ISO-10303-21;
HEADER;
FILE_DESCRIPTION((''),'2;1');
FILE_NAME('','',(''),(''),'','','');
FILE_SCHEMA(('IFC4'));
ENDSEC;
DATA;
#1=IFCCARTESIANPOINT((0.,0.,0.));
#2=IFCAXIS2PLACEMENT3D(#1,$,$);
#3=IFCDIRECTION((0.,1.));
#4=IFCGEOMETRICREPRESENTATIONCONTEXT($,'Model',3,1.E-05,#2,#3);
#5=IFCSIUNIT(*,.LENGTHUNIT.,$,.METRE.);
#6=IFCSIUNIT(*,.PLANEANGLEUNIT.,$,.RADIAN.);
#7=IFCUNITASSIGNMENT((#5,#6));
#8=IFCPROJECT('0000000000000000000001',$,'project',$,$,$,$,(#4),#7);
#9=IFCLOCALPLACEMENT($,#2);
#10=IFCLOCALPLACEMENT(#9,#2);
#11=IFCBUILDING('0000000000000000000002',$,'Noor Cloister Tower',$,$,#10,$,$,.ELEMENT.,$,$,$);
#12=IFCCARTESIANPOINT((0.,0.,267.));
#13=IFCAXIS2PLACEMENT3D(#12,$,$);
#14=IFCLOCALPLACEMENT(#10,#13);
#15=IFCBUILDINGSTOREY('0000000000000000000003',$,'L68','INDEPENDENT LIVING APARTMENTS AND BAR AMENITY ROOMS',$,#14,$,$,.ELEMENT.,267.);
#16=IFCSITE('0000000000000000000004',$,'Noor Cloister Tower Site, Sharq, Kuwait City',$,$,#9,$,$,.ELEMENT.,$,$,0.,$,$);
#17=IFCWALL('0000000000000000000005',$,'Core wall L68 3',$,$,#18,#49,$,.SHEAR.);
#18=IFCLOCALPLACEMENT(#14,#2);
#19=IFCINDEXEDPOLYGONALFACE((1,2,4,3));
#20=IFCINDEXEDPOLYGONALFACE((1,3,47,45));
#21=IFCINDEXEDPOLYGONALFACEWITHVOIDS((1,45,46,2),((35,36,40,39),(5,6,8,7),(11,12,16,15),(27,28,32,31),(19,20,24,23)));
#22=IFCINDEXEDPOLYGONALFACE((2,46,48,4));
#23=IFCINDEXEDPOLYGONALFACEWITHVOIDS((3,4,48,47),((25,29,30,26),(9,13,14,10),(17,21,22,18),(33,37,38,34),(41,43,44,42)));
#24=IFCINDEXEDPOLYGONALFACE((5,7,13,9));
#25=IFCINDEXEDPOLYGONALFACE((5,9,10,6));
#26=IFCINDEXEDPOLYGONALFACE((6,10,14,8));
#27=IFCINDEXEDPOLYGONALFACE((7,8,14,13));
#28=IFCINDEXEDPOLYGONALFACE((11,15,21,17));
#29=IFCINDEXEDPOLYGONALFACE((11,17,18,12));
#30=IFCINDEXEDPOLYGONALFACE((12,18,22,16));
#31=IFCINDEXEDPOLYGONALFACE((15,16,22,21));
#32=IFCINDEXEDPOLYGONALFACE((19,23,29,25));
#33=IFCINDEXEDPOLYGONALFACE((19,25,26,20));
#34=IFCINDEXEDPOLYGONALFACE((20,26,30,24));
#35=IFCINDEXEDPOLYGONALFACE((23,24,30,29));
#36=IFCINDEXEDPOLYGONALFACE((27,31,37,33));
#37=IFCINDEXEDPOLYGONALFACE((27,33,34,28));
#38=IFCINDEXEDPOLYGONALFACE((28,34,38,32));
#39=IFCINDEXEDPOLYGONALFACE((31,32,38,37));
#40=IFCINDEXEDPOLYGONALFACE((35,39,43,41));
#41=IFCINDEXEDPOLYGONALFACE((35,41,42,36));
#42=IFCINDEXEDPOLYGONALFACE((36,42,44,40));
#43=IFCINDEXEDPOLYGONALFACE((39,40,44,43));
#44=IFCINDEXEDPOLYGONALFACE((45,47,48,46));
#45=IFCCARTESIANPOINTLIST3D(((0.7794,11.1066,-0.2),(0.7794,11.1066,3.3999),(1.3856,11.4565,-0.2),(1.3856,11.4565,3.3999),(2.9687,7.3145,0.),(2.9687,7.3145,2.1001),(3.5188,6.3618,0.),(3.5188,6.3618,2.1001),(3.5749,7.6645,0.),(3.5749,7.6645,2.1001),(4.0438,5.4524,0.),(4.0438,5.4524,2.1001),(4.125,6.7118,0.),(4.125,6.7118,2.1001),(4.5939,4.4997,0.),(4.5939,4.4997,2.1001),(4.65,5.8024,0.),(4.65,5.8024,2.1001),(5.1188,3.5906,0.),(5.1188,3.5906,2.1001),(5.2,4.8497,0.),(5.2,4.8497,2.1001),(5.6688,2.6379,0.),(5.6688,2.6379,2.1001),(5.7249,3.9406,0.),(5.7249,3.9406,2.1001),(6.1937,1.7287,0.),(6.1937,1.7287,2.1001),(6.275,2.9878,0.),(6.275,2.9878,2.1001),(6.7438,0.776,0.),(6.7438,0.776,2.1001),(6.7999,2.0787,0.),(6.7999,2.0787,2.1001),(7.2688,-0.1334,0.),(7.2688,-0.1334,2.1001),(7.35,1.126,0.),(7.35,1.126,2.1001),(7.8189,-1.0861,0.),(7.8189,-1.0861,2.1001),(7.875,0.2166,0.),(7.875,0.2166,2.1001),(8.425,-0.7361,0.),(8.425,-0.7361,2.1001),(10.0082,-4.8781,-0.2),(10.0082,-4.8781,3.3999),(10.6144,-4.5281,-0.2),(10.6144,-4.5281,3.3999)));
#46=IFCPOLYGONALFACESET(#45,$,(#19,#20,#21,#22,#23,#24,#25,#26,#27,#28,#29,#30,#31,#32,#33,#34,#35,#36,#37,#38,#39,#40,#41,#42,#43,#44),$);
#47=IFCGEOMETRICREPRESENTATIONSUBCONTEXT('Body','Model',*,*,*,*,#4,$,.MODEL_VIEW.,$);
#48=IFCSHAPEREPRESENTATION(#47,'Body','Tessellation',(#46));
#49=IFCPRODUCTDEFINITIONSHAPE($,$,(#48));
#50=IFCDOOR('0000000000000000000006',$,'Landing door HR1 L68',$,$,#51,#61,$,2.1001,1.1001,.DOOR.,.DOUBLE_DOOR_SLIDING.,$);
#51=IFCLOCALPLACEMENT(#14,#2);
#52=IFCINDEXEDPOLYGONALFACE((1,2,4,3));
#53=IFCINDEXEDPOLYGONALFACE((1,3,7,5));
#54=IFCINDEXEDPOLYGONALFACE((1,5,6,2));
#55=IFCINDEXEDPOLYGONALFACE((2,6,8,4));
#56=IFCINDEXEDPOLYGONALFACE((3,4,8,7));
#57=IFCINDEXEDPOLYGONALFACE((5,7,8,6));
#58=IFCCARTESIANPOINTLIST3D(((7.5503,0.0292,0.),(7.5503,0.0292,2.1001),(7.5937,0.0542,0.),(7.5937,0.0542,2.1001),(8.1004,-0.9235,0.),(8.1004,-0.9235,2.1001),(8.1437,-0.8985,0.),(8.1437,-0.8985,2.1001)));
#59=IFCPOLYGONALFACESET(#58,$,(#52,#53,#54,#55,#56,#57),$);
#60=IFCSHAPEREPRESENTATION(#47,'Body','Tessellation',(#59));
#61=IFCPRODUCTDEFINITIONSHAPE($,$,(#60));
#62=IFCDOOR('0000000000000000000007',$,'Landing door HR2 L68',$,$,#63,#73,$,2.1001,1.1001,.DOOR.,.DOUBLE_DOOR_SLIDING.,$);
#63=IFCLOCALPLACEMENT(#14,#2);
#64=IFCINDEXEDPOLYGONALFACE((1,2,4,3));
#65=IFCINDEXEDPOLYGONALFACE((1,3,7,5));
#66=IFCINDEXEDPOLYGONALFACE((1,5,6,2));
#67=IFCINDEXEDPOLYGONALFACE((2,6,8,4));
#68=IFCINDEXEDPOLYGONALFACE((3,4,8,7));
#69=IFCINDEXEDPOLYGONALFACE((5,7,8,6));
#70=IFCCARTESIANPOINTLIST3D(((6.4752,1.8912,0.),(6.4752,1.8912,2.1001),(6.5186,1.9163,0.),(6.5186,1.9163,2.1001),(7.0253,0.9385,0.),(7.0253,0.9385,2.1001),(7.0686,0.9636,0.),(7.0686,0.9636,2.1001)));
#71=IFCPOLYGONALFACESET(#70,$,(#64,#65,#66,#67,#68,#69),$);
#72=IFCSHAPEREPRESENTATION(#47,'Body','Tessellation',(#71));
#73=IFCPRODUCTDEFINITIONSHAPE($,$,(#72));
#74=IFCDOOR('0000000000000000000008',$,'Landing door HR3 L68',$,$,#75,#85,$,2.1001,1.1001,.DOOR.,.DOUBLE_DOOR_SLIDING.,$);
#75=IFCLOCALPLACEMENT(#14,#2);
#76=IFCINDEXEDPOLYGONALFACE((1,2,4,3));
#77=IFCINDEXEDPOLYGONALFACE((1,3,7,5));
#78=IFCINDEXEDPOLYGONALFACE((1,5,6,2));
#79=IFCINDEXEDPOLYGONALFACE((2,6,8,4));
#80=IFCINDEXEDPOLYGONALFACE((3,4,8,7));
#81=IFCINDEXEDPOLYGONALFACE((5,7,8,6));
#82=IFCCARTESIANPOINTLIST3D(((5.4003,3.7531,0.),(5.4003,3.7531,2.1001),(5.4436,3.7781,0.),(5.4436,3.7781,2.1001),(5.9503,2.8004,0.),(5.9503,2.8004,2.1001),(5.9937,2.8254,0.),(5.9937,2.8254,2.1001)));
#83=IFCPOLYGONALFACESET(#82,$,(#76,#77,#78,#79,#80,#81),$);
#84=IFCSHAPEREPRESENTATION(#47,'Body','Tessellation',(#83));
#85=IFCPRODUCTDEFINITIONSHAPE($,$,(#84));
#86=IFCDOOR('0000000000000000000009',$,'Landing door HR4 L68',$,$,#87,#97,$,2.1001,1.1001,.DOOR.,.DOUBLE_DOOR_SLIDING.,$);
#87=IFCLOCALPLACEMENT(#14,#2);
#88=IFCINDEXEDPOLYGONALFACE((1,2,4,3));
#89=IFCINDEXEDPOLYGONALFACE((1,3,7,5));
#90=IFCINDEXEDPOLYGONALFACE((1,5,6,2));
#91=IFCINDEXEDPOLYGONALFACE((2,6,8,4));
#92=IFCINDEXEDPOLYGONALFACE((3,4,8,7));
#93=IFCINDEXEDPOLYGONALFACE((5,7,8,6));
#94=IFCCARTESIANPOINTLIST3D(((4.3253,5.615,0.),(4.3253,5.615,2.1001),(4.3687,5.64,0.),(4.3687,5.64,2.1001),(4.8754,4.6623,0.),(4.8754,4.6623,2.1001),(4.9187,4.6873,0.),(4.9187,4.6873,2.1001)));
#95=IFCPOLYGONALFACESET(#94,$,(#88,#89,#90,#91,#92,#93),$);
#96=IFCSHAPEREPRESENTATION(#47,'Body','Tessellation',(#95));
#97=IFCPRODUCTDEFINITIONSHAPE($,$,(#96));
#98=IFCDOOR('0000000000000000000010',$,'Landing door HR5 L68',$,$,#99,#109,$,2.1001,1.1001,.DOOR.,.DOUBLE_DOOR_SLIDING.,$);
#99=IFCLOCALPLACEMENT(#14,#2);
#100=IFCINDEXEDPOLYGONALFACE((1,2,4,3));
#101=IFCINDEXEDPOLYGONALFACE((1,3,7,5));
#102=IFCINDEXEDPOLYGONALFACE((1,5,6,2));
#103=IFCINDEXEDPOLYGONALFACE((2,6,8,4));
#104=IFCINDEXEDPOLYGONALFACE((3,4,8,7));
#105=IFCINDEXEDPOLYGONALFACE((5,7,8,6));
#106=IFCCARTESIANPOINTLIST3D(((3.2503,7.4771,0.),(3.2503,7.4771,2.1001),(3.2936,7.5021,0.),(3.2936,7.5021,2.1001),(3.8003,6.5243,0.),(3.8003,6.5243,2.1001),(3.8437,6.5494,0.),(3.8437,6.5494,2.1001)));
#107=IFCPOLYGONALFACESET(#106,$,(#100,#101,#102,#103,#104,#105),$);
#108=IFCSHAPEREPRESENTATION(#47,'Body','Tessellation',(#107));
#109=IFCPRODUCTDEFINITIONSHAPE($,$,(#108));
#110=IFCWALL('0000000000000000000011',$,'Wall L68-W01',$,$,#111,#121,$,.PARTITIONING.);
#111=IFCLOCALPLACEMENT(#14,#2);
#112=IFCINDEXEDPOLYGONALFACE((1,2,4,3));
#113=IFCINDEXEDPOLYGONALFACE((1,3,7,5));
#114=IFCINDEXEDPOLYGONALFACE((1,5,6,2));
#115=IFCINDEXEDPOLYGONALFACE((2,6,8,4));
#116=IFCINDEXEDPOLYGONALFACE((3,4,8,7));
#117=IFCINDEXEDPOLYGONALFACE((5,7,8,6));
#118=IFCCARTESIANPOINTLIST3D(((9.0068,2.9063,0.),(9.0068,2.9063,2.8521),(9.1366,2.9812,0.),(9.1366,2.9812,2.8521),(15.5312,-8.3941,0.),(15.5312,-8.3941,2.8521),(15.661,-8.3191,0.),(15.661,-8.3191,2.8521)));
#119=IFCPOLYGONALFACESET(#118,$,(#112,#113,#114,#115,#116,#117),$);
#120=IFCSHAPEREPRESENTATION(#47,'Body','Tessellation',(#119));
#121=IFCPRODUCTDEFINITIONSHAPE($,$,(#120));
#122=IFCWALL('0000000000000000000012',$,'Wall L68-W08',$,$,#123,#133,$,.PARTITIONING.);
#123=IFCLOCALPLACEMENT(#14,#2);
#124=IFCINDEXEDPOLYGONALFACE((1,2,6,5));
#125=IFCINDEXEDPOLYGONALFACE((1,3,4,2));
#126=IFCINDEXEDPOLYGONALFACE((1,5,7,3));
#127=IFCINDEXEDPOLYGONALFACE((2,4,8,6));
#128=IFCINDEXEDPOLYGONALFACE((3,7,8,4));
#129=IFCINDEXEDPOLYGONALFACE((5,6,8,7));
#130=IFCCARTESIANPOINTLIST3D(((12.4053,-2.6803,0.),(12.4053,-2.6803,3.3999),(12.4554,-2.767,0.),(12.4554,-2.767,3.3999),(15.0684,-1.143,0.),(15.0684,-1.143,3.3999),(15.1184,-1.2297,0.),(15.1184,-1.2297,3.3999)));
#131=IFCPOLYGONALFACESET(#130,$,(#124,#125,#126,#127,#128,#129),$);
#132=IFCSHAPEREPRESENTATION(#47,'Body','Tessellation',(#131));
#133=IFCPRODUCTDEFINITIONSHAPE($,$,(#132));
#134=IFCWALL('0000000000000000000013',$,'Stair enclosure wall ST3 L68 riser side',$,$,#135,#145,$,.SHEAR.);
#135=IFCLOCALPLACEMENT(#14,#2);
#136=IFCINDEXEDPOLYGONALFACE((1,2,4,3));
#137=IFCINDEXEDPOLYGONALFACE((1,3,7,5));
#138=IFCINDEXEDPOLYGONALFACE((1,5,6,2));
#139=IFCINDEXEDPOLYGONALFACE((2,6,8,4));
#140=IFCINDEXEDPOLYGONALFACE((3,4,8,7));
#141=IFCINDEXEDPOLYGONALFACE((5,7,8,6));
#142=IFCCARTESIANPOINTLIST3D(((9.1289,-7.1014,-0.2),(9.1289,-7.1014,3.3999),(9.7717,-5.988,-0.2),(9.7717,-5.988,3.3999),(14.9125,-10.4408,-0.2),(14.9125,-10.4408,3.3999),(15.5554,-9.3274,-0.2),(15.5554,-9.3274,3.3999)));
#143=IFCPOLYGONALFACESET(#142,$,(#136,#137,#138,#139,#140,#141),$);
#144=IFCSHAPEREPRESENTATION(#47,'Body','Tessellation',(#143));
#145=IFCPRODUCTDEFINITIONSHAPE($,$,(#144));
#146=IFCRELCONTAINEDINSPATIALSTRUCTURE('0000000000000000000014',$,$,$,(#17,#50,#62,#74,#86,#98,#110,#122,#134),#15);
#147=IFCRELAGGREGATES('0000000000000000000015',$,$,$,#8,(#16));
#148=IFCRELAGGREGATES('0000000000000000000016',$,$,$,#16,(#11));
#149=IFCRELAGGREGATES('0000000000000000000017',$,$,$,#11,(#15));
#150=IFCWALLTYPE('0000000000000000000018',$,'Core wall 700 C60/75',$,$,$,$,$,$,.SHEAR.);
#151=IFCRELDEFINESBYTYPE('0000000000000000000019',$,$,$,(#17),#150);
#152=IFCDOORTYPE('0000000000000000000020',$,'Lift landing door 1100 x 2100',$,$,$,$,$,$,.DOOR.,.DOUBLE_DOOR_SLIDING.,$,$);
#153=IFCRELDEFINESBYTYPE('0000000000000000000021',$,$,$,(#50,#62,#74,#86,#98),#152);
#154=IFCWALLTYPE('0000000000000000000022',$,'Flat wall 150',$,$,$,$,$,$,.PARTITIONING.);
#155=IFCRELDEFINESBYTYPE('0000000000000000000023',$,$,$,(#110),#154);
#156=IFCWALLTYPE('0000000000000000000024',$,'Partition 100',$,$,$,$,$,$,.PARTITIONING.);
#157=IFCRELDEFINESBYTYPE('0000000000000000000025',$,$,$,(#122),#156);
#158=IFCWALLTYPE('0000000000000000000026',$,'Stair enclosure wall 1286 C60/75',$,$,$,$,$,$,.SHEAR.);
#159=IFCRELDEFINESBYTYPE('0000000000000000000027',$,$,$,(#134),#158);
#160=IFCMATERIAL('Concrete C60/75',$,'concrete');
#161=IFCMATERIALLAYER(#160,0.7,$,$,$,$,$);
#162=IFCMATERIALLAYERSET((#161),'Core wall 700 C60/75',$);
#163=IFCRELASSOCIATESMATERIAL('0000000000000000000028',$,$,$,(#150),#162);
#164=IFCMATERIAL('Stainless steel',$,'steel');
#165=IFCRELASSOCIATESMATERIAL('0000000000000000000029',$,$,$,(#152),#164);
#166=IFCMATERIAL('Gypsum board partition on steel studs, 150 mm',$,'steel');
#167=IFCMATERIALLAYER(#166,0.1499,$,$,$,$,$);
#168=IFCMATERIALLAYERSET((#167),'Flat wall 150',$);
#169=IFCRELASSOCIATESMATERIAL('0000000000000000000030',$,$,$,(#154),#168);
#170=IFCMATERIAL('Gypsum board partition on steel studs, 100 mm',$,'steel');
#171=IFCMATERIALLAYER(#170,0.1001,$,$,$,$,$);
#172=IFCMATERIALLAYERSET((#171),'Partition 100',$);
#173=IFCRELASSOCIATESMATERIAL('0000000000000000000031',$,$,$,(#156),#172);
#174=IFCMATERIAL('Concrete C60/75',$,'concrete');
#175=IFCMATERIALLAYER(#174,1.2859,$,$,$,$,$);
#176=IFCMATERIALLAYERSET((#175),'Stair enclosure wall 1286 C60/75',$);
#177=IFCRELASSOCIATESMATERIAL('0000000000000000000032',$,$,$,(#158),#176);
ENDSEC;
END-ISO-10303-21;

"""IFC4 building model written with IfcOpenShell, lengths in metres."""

from ifc_helpers import new_model, si_unit, direction, frame, frame_2d, origin, place, context, subcontext, project, spatial, rectangle, extrude, material, layer, layer_set, type_object, element, fill, save


model = new_model("IFC4")

# Units and contexts
model_context = context("Model", 3, precision=1e-05, world=origin(), true_north=direction((0.0, 1.0)))
body_context = subcontext(model_context, "Body", "Model", "MODEL_VIEW")
ifc_project = project(units=[si_unit("LENGTHUNIT", "METRE"), si_unit("PLANEANGLEUNIT", "RADIAN")], contexts=[model_context])

# Site, building, storey
site_placement = place(None, origin())
site = spatial("IfcSite", under=ifc_project, at=site_placement, Name="Noor Cloister Tower Site, Sharq, Kuwait City", CompositionType="ELEMENT", RefElevation=0.0)
building_placement = place(site_placement, origin())
building = spatial("IfcBuilding", under=site, at=building_placement, Name="Noor Cloister Tower", CompositionType="ELEMENT")
storey_placement = place(building_placement, frame((0.0, 0.0, 267.0)))
storey = spatial("IfcBuildingStorey", under=building, at=storey_placement, Name="L68", Description="INDEPENDENT LIVING APARTMENTS AND BAR AMENITY ROOMS", CompositionType="ELEMENT", Elevation=267.0)

# Wall, openings, doors
ifc_material_1 = material(Name="Concrete C60/75", Category="concrete")
ifc_layer_1 = layer(ifc_material_1, 0.7)
ifc_layer_set_1 = layer_set([ifc_layer_1], Name="Core wall 700 C60/75")
wall_type_1 = type_object("IfcWallType", Name="Core wall 700 C60/75", PredefinedType="SHEAR", material=ifc_layer_set_1)
wall_1_placement = place(storey_placement, frame((10.3113, -4.7031, -0.2), z_axis=(0.0, 0.0, 1.0), x_axis=(-0.500001, 0.866025, 0.0)))
wall_1 = element("IfcWall", 1, at=wall_1_placement, inside=storey, type_object=wall_type_1, Name="Core wall L68 3", PredefinedType="SHEAR", context=body_context, shape_type="SweptSolid", body=[
    extrude(rectangle(XDim=18.4575, YDim=0.7, at=frame_2d((9.2288, 0.0))), origin(), (0.0, 0.0, 1.0), 3.5999),
])
opening_1_placement = place(wall_1_placement, frame((4.3787, 0.0, 0.2)))
opening_1 = element("IfcOpeningElement", 2, at=opening_1_placement, cuts=wall_1, PredefinedType="OPENING", context=body_context, shape_type="SweptSolid", body=[
    extrude(rectangle(XDim=1.1001, YDim=2.1001, at=frame_2d((0.55, 1.05))), frame((0.0, 0.3599, 0.0), z_axis=(0.0, -1.0, 0.0), x_axis=(1.0, 0.0, 0.0)), (0.0, 0.0, 1.0), 0.72),
])
opening_2_placement = place(wall_1_placement, frame((6.5288, 0.0, 0.2)))
opening_2 = element("IfcOpeningElement", 3, at=opening_2_placement, cuts=wall_1, PredefinedType="OPENING", context=body_context, shape_type="SweptSolid", body=[
    extrude(rectangle(XDim=1.1001, YDim=2.1001, at=frame_2d((0.55, 1.05))), frame((0.0, 0.3599, 0.0), z_axis=(0.0, -1.0, 0.0), x_axis=(1.0, 0.0, 0.0)), (0.0, 0.0, 1.0), 0.72),
])
opening_3_placement = place(wall_1_placement, frame((8.6787, 0.0, 0.2)))
opening_3 = element("IfcOpeningElement", 4, at=opening_3_placement, cuts=wall_1, PredefinedType="OPENING", context=body_context, shape_type="SweptSolid", body=[
    extrude(rectangle(XDim=1.1001, YDim=2.1001, at=frame_2d((0.55, 1.05))), frame((0.0, 0.3599, 0.0), z_axis=(0.0, -1.0, 0.0), x_axis=(1.0, 0.0, 0.0)), (0.0, 0.0, 1.0), 0.72),
])
opening_4_placement = place(wall_1_placement, frame((10.8286, 0.0, 0.2)))
opening_4 = element("IfcOpeningElement", 5, at=opening_4_placement, cuts=wall_1, PredefinedType="OPENING", context=body_context, shape_type="SweptSolid", body=[
    extrude(rectangle(XDim=1.1001, YDim=2.1001, at=frame_2d((0.55, 1.05))), frame((0.0, 0.3599, 0.0), z_axis=(0.0, -1.0, 0.0), x_axis=(1.0, 0.0, 0.0)), (0.0, 0.0, 1.0), 0.72),
])
opening_5_placement = place(wall_1_placement, frame((12.9788, 0.0, 0.2)))
opening_5 = element("IfcOpeningElement", 6, at=opening_5_placement, cuts=wall_1, PredefinedType="OPENING", context=body_context, shape_type="SweptSolid", body=[
    extrude(rectangle(XDim=1.1001, YDim=2.1001, at=frame_2d((0.55, 1.05))), frame((0.0, 0.3599, 0.0), z_axis=(0.0, -1.0, 0.0), x_axis=(1.0, 0.0, 0.0)), (0.0, 0.0, 1.0), 0.72),
])
ifc_material_2 = material(Name="Stainless steel", Category="steel")
door_type = type_object("IfcDoorType", Name="Lift landing door 1100 x 2100", OperationType="DOUBLE_DOOR_SLIDING", PredefinedType="DOOR", material=ifc_material_2)
door_1_placement = place(opening_1_placement, origin())
door_1 = element("IfcDoor", 7, at=door_1_placement, inside=storey, type_object=door_type, Name="Landing door HR1 L68", OperationType="DOUBLE_DOOR_SLIDING", OverallHeight=2.1001, OverallWidth=1.1001, PredefinedType="DOOR", context=body_context, shape_type="SweptSolid", body=[
    extrude(rectangle(XDim=1.1001, YDim=2.1001, at=frame_2d((0.55, 1.05))), frame((0.0, 0.0249, 0.0), z_axis=(0.0, -1.0, 0.0), x_axis=(1.0, 0.0, 0.0)), (0.0, 0.0, 1.0), 0.05),
])
fill(opening_1, door_1)
door_2_placement = place(opening_2_placement, origin())
door_2 = element("IfcDoor", 8, at=door_2_placement, inside=storey, type_object=door_type, Name="Landing door HR2 L68", OperationType="DOUBLE_DOOR_SLIDING", OverallHeight=2.1001, OverallWidth=1.1001, PredefinedType="DOOR", context=body_context, shape_type="SweptSolid", body=[
    extrude(rectangle(XDim=1.1001, YDim=2.1001, at=frame_2d((0.55, 1.05))), frame((0.0, 0.0249, 0.0), z_axis=(0.0, -1.0, 0.0), x_axis=(1.0, 0.0, 0.0)), (0.0, 0.0, 1.0), 0.05),
])
fill(opening_2, door_2)
door_3_placement = place(opening_3_placement, origin())
door_3 = element("IfcDoor", 9, at=door_3_placement, inside=storey, type_object=door_type, Name="Landing door HR3 L68", OperationType="DOUBLE_DOOR_SLIDING", OverallHeight=2.1001, OverallWidth=1.1001, PredefinedType="DOOR", context=body_context, shape_type="SweptSolid", body=[
    extrude(rectangle(XDim=1.1001, YDim=2.1001, at=frame_2d((0.55, 1.05))), frame((0.0, 0.0249, 0.0), z_axis=(0.0, -1.0, 0.0), x_axis=(1.0, 0.0, 0.0)), (0.0, 0.0, 1.0), 0.05),
])
fill(opening_3, door_3)
door_4_placement = place(opening_4_placement, origin())
door_4 = element("IfcDoor", 10, at=door_4_placement, inside=storey, type_object=door_type, Name="Landing door HR4 L68", OperationType="DOUBLE_DOOR_SLIDING", OverallHeight=2.1001, OverallWidth=1.1001, PredefinedType="DOOR", context=body_context, shape_type="SweptSolid", body=[
    extrude(rectangle(XDim=1.1001, YDim=2.1001, at=frame_2d((0.55, 1.05))), frame((0.0, 0.0249, 0.0), z_axis=(0.0, -1.0, 0.0), x_axis=(1.0, 0.0, 0.0)), (0.0, 0.0, 1.0), 0.05),
])
fill(opening_4, door_4)
door_5_placement = place(opening_5_placement, origin())
door_5 = element("IfcDoor", 11, at=door_5_placement, inside=storey, type_object=door_type, Name="Landing door HR5 L68", OperationType="DOUBLE_DOOR_SLIDING", OverallHeight=2.1001, OverallWidth=1.1001, PredefinedType="DOOR", context=body_context, shape_type="SweptSolid", body=[
    extrude(rectangle(XDim=1.1001, YDim=2.1001, at=frame_2d((0.55, 1.05))), frame((0.0, 0.0249, 0.0), z_axis=(0.0, -1.0, 0.0), x_axis=(1.0, 0.0, 0.0)), (0.0, 0.0, 1.0), 0.05),
])
fill(opening_5, door_5)

# Walls
ifc_material_3 = material(Name="Gypsum board partition on steel studs, 150 mm", Category="steel")
ifc_layer_2 = layer(ifc_material_3, 0.1499)
ifc_layer_set_2 = layer_set([ifc_layer_2], Name="Flat wall 150")
wall_type_2 = type_object("IfcWallType", Name="Flat wall 150", PredefinedType="PARTITIONING", material=ifc_layer_set_2)
wall_2_placement = place(storey_placement, frame((15.5962, -8.3567, 0.0), z_axis=(0.0, 0.0, 1.0), x_axis=(-0.500011, 0.866019, 0.0)))
element("IfcWall", 12, at=wall_2_placement, inside=storey, type_object=wall_type_2, Name="Wall L68-W01", PredefinedType="PARTITIONING", context=body_context, shape_type="SweptSolid", body=[
    extrude(rectangle(XDim=13.0486, YDim=0.1499, at=frame_2d((6.5244, 0.0))), origin(), (0.0, 0.0, 1.0), 2.8521),
])
ifc_material_4 = material(Name="Gypsum board partition on steel studs, 100 mm", Category="steel")
ifc_layer_3 = layer(ifc_material_4, 0.1001)
ifc_layer_set_3 = layer_set([ifc_layer_3], Name="Partition 100")
wall_type_3 = type_object("IfcWallType", Name="Partition 100", PredefinedType="PARTITIONING", material=ifc_layer_set_3)
wall_3_placement = place(storey_placement, frame((15.0935, -1.1863, 0.0), z_axis=(0.0, 0.0, 1.0), x_axis=(-0.866051, -0.499956, 0.0)))
element("IfcWall", 13, at=wall_3_placement, inside=storey, type_object=wall_type_3, Name="Wall L68-W08", PredefinedType="PARTITIONING", context=body_context, shape_type="SweptSolid", body=[
    extrude(rectangle(XDim=3.075, YDim=0.1001, at=frame_2d((1.5376, 0.0))), origin(), (0.0, 0.0, 1.0), 3.3999),
])
ifc_material_5 = material(Name="Concrete C60/75", Category="concrete")
ifc_layer_4 = layer(ifc_material_5, 1.2859)
ifc_layer_set_4 = layer_set([ifc_layer_4], Name="Stair enclosure wall 1286 C60/75")
wall_type_4 = type_object("IfcWallType", Name="Stair enclosure wall 1286 C60/75", PredefinedType="SHEAR", material=ifc_layer_set_4)
wall_4_placement = place(storey_placement, frame((9.4502, -6.5447, -0.2), z_axis=(0.0, 0.0, 1.0), x_axis=(0.866016, -0.500016, 0.0)))
element("IfcWall", 14, at=wall_4_placement, inside=storey, type_object=wall_type_4, Name="Stair enclosure wall ST3 L68 riser side", PredefinedType="SHEAR", context=body_context, shape_type="SweptSolid", body=[
    extrude(rectangle(XDim=6.6785, YDim=1.2856, at=frame_2d((3.3394, 0.0))), origin(), (0.0, 0.0, 1.0), 3.5999),
])

save(model, "model.ifc")
